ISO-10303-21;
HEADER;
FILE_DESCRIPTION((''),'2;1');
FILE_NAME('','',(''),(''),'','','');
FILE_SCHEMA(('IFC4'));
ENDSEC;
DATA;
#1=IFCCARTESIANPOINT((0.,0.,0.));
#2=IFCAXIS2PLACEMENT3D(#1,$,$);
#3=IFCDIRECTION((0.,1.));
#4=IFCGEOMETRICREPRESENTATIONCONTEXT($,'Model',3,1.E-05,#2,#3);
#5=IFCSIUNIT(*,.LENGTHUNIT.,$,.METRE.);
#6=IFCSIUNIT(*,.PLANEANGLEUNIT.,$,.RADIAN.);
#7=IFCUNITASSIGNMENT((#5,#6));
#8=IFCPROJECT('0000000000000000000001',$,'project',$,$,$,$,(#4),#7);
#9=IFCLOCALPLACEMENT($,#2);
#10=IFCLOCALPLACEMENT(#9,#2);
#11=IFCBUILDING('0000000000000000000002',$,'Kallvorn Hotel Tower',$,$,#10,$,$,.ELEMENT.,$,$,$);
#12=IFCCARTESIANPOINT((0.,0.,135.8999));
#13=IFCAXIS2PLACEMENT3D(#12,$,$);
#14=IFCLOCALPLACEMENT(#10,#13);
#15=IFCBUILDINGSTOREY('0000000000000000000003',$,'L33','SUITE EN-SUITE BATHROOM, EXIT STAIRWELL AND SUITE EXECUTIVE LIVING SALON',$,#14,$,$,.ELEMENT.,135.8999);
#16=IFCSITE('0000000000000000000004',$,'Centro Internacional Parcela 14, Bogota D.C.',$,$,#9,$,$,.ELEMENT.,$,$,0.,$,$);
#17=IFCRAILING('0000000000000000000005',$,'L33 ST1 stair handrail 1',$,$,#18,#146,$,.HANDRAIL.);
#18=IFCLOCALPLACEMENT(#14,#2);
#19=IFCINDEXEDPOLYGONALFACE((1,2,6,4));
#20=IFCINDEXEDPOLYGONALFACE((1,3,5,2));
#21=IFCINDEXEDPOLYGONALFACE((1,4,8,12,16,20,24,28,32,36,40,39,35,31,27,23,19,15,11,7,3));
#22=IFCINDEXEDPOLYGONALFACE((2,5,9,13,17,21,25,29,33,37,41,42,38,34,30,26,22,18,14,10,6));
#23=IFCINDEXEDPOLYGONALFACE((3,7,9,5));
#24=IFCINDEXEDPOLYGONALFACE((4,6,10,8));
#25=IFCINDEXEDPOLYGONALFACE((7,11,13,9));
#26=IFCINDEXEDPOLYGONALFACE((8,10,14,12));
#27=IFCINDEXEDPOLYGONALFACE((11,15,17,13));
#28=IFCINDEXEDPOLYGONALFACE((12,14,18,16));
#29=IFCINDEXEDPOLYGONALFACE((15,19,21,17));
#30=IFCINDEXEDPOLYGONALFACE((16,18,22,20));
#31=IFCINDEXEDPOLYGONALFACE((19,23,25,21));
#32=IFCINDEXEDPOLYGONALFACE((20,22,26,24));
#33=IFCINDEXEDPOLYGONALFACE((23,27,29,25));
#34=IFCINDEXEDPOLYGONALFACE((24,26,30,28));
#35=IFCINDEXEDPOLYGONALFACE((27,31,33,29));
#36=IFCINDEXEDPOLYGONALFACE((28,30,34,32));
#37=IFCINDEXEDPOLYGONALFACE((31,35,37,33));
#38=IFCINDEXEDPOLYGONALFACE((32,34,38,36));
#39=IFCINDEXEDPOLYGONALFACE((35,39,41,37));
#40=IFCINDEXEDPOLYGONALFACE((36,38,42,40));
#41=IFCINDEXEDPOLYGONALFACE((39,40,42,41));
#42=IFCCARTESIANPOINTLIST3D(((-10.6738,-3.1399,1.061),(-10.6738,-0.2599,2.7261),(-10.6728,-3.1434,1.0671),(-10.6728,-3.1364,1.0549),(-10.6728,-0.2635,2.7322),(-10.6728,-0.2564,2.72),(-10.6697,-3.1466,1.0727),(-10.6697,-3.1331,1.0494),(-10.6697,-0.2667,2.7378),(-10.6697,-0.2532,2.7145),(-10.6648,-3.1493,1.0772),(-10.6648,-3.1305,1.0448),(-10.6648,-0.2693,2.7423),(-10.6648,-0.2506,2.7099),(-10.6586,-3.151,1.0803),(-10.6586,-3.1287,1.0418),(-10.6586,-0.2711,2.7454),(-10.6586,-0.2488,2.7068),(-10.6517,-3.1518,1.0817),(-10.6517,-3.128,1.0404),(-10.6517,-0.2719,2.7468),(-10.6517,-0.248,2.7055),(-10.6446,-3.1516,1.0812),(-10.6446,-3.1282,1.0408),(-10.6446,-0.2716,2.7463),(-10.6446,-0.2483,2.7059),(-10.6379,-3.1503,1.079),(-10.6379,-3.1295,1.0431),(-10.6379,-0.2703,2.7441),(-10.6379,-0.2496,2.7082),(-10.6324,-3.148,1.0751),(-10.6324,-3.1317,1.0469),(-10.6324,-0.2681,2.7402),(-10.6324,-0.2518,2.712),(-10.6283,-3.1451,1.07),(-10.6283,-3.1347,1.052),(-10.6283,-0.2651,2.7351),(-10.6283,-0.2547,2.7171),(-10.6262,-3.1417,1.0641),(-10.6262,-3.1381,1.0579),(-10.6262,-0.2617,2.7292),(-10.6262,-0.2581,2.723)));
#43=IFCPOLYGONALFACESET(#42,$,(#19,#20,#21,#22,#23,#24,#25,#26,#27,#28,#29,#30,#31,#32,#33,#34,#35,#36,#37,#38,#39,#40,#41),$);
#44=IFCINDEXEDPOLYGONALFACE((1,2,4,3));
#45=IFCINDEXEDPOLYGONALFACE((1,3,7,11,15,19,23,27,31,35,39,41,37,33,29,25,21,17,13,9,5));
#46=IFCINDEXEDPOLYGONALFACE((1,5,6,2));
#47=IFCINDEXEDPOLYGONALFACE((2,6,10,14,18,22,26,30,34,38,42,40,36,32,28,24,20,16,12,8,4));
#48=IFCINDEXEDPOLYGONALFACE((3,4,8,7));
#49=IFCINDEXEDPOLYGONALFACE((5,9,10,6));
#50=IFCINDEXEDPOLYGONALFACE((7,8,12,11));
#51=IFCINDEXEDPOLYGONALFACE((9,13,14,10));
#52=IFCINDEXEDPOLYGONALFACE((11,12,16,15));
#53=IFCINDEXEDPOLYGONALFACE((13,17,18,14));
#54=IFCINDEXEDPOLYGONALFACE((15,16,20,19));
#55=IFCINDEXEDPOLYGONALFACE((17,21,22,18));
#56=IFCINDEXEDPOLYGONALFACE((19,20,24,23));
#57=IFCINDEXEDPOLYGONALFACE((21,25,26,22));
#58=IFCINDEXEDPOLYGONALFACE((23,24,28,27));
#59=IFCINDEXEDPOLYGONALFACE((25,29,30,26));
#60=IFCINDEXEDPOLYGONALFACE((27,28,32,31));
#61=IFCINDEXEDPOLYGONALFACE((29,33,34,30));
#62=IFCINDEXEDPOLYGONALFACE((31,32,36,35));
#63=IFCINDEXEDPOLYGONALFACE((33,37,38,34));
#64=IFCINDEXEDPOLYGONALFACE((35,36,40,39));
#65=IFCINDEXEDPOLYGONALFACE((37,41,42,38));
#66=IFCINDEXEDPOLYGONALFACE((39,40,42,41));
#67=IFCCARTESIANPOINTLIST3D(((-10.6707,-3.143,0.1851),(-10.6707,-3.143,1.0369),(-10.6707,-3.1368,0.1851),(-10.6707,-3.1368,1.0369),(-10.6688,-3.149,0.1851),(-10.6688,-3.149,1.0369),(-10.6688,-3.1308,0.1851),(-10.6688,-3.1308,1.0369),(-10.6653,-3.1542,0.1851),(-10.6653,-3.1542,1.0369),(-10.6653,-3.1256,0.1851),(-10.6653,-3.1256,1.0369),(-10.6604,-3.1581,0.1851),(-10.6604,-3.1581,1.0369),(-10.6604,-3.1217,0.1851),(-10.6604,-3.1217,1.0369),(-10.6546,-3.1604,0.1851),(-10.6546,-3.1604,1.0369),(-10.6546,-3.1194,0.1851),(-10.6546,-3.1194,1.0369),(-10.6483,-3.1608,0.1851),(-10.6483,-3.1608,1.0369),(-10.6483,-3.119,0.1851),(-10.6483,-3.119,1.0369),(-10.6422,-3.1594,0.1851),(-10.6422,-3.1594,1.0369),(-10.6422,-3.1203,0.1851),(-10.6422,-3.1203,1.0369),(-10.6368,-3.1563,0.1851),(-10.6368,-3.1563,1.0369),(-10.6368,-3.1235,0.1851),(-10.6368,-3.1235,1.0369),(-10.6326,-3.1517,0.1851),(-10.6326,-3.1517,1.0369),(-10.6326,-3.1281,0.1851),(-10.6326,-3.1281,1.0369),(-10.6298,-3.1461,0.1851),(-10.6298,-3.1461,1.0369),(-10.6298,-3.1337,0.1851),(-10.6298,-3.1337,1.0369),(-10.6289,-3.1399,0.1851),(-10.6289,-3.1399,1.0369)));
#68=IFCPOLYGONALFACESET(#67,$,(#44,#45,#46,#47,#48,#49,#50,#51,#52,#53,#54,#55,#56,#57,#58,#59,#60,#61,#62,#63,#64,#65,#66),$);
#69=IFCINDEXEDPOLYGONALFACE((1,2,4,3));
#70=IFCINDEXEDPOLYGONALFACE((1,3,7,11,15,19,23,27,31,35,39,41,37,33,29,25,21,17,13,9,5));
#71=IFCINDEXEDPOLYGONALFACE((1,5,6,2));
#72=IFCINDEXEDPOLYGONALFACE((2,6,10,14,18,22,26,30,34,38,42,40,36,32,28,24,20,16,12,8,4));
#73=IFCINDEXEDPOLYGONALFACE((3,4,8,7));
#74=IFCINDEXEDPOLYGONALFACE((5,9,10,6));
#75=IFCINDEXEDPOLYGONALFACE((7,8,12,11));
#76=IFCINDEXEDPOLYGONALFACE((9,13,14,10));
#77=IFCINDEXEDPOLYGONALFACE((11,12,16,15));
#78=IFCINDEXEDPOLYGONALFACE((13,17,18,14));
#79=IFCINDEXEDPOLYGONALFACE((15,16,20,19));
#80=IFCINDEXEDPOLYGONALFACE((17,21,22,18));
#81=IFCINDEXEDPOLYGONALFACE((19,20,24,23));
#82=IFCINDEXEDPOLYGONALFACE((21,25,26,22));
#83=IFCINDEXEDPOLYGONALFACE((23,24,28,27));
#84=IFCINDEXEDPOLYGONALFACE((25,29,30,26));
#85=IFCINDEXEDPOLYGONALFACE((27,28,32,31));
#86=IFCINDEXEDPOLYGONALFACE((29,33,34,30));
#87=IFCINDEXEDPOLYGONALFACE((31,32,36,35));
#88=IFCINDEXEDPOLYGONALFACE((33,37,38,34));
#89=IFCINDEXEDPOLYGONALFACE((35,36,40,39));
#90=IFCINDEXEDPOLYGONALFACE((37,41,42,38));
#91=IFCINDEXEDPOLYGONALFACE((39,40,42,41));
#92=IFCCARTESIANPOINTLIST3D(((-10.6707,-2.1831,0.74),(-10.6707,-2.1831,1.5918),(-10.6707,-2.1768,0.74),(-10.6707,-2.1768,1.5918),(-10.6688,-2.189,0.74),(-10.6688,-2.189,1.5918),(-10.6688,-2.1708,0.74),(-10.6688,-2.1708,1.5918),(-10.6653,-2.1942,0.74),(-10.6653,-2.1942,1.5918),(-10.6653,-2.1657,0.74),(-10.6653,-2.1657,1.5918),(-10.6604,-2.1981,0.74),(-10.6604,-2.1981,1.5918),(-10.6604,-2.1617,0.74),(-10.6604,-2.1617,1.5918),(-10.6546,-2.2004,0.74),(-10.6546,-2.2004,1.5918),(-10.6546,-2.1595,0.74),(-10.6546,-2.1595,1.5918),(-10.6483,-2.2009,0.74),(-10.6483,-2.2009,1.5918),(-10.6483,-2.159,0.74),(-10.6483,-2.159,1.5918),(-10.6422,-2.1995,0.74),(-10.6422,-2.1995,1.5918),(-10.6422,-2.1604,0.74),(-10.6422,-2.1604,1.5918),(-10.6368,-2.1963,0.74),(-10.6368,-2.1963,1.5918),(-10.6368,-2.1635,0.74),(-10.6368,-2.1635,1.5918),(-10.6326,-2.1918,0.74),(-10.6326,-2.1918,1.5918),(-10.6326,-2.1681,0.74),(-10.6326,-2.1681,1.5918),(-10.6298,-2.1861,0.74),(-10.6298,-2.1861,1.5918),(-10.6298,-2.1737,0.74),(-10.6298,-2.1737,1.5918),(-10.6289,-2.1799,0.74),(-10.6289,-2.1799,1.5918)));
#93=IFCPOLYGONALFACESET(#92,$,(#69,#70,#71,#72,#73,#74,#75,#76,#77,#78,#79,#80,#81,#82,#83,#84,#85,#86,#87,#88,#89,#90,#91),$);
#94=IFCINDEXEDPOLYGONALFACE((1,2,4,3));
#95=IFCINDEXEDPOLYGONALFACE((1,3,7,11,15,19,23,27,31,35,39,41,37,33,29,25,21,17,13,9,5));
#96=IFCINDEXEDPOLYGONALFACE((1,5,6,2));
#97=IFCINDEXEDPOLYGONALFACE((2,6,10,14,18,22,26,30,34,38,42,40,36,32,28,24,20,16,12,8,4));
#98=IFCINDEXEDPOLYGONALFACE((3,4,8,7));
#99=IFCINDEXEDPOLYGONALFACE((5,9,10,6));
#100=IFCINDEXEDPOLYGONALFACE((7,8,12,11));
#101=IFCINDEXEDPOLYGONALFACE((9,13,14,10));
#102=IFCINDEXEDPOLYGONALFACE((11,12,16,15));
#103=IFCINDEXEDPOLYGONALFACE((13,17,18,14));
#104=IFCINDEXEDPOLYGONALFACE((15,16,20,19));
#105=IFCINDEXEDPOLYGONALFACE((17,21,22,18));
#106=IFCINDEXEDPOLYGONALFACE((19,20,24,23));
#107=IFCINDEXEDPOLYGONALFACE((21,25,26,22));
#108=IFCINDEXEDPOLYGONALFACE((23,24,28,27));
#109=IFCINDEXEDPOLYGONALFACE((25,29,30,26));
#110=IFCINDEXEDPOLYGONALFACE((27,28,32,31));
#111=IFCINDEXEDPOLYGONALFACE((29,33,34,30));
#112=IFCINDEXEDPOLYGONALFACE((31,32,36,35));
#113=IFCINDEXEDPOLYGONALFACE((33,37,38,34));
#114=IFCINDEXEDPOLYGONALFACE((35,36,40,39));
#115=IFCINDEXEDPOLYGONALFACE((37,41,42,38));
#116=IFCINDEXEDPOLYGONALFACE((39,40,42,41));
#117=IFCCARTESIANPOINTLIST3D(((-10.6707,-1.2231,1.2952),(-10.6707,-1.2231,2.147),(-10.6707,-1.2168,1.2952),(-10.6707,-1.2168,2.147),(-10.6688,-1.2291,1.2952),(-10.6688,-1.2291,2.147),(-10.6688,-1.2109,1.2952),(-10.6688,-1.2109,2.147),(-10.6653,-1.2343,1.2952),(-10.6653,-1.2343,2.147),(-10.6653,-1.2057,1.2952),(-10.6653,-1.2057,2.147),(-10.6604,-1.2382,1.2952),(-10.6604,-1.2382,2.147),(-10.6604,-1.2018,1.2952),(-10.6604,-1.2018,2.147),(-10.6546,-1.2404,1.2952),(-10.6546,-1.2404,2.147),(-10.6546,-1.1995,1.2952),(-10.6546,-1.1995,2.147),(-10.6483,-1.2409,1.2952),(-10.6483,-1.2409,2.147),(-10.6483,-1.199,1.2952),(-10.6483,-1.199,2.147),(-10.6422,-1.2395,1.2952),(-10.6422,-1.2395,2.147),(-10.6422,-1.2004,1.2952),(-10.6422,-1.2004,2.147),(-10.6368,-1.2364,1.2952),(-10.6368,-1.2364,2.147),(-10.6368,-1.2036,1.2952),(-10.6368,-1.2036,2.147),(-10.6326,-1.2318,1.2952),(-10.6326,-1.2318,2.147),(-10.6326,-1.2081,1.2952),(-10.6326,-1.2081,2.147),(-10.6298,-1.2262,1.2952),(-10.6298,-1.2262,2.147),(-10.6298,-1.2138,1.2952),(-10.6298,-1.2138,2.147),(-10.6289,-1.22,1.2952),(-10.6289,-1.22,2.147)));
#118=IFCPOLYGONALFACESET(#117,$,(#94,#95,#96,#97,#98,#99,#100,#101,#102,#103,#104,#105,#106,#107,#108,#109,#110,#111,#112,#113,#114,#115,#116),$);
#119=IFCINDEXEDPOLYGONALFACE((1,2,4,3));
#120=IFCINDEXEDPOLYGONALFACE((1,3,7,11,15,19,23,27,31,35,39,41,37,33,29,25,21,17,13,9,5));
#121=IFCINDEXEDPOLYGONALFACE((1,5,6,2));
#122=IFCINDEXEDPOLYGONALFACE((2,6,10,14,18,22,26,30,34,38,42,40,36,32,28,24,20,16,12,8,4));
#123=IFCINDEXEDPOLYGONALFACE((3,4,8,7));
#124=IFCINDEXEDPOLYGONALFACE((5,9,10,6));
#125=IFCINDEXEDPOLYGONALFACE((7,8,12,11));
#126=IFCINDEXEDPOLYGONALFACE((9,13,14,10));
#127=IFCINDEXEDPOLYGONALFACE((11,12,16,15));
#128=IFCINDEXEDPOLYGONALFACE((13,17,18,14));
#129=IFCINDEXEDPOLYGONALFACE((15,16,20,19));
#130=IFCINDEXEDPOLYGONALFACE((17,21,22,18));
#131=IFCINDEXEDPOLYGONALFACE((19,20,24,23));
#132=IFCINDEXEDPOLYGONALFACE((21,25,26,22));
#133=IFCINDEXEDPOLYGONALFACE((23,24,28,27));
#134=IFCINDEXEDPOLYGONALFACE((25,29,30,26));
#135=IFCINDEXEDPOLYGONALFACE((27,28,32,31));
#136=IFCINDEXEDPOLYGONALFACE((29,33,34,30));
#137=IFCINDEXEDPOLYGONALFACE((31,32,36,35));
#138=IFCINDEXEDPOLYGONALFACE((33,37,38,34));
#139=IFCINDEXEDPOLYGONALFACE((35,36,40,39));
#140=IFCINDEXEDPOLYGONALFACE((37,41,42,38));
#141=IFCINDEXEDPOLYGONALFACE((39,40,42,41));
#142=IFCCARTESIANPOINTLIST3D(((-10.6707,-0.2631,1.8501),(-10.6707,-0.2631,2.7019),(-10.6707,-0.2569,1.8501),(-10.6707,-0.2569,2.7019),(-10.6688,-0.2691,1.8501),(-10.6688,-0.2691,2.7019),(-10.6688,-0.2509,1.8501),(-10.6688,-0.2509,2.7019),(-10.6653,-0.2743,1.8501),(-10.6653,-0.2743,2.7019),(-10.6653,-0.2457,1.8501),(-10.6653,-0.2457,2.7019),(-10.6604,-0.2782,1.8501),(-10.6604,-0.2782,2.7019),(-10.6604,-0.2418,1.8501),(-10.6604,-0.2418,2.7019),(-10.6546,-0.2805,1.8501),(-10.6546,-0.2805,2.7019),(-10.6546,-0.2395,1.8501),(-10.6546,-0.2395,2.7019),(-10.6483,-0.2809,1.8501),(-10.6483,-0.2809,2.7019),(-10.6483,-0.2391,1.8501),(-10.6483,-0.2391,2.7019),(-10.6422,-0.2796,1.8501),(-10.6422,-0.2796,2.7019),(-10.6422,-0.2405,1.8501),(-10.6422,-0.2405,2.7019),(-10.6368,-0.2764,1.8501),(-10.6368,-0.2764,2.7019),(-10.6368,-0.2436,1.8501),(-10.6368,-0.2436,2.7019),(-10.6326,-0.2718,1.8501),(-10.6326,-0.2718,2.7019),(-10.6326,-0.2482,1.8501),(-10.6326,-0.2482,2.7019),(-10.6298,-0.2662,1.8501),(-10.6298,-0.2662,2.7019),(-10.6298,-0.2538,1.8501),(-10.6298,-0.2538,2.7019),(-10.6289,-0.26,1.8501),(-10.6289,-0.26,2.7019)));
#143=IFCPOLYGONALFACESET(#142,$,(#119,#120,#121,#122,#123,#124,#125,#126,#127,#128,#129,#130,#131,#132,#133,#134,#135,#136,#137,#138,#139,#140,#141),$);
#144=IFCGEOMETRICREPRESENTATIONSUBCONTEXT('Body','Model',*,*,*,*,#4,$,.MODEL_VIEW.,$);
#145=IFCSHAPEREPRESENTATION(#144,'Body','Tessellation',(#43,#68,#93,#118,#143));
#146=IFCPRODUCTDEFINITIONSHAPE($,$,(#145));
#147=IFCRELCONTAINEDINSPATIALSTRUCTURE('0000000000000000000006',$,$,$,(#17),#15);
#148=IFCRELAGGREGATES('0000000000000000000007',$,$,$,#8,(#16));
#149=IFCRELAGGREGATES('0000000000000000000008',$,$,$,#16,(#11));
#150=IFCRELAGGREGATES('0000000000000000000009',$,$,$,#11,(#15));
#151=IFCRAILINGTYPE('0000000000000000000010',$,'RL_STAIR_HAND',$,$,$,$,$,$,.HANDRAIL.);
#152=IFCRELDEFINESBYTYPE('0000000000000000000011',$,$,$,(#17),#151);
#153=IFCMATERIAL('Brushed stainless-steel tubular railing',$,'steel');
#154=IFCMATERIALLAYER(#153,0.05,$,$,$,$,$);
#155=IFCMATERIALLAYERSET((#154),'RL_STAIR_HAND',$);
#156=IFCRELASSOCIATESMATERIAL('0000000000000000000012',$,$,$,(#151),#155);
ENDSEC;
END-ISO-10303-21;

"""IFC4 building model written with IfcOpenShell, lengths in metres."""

from ifc_helpers import new_model, si_unit, direction, frame, origin, origin_2d, place, context, subcontext, project, spatial, circle, extrude, material, layer, layer_set, type_object, element, save


model = new_model("IFC4")

# Units and contexts
model_context = context("Model", 3, precision=1e-05, world=origin(), true_north=direction((0.0, 1.0)))
body_context = subcontext(model_context, "Body", "Model", "MODEL_VIEW")
ifc_project = project(units=[si_unit("LENGTHUNIT", "METRE"), si_unit("PLANEANGLEUNIT", "RADIAN")], contexts=[model_context])

# Site, building, storey
site_placement = place(None, origin())
site = spatial("IfcSite", under=ifc_project, at=site_placement, Name="Centro Internacional Parcela 14, Bogota D.C.", CompositionType="ELEMENT", RefElevation=0.0)
building_placement = place(site_placement, origin())
building = spatial("IfcBuilding", under=site, at=building_placement, Name="Kallvorn Hotel Tower", CompositionType="ELEMENT")
storey_placement = place(building_placement, frame((0.0, 0.0, 135.8999)))
storey = spatial("IfcBuildingStorey", under=building, at=storey_placement, Name="L33", Description="SUITE EN-SUITE BATHROOM, EXIT STAIRWELL AND SUITE EXECUTIVE LIVING SALON", CompositionType="ELEMENT", Elevation=135.8999)

# Railing
ifc_material_1 = material(Name="Brushed stainless-steel tubular railing", Category="steel")
ifc_layer_1 = layer(ifc_material_1, 0.05)
ifc_layer_set_1 = layer_set([ifc_layer_1], Name="RL_STAIR_HAND")
railing_type_1 = type_object("IfcRailingType", Name="RL_STAIR_HAND", PredefinedType="HANDRAIL", material=ifc_layer_set_1)
railing_1_placement = place(storey_placement, frame((-10.6499, -3.1399, 0.1851)))
element("IfcRailing", 1, at=railing_1_placement, inside=storey, type_object=railing_type_1, Name="L33 ST1 stair handrail 1", PredefinedType="HANDRAIL", context=body_context, shape_type="SweptSolid", body=[
    extrude(circle(Radius=0.0239, at=origin_2d()), frame((0.0, 0.0, 0.876), z_axis=(0.0, 0.865721, 0.500527), x_axis=(-1.0, 0.0, 0.0)), (0.0, 0.0, 1.0), 3.3267),
    extrude(circle(Radius=0.021, at=origin_2d()), origin(), (0.0, 0.0, 1.0), 0.8518),
    extrude(circle(Radius=0.021, at=origin_2d()), frame((0.0, 0.96, 0.5549)), (0.0, 0.0, 1.0), 0.8518),
    extrude(circle(Radius=0.021, at=origin_2d()), frame((0.0, 1.9199, 1.1101)), (0.0, 0.0, 1.0), 0.8518),
    extrude(circle(Radius=0.021, at=origin_2d()), frame((0.0, 2.8799, 1.665)), (0.0, 0.0, 1.0), 0.8518),
])

save(model, "model.ifc")
